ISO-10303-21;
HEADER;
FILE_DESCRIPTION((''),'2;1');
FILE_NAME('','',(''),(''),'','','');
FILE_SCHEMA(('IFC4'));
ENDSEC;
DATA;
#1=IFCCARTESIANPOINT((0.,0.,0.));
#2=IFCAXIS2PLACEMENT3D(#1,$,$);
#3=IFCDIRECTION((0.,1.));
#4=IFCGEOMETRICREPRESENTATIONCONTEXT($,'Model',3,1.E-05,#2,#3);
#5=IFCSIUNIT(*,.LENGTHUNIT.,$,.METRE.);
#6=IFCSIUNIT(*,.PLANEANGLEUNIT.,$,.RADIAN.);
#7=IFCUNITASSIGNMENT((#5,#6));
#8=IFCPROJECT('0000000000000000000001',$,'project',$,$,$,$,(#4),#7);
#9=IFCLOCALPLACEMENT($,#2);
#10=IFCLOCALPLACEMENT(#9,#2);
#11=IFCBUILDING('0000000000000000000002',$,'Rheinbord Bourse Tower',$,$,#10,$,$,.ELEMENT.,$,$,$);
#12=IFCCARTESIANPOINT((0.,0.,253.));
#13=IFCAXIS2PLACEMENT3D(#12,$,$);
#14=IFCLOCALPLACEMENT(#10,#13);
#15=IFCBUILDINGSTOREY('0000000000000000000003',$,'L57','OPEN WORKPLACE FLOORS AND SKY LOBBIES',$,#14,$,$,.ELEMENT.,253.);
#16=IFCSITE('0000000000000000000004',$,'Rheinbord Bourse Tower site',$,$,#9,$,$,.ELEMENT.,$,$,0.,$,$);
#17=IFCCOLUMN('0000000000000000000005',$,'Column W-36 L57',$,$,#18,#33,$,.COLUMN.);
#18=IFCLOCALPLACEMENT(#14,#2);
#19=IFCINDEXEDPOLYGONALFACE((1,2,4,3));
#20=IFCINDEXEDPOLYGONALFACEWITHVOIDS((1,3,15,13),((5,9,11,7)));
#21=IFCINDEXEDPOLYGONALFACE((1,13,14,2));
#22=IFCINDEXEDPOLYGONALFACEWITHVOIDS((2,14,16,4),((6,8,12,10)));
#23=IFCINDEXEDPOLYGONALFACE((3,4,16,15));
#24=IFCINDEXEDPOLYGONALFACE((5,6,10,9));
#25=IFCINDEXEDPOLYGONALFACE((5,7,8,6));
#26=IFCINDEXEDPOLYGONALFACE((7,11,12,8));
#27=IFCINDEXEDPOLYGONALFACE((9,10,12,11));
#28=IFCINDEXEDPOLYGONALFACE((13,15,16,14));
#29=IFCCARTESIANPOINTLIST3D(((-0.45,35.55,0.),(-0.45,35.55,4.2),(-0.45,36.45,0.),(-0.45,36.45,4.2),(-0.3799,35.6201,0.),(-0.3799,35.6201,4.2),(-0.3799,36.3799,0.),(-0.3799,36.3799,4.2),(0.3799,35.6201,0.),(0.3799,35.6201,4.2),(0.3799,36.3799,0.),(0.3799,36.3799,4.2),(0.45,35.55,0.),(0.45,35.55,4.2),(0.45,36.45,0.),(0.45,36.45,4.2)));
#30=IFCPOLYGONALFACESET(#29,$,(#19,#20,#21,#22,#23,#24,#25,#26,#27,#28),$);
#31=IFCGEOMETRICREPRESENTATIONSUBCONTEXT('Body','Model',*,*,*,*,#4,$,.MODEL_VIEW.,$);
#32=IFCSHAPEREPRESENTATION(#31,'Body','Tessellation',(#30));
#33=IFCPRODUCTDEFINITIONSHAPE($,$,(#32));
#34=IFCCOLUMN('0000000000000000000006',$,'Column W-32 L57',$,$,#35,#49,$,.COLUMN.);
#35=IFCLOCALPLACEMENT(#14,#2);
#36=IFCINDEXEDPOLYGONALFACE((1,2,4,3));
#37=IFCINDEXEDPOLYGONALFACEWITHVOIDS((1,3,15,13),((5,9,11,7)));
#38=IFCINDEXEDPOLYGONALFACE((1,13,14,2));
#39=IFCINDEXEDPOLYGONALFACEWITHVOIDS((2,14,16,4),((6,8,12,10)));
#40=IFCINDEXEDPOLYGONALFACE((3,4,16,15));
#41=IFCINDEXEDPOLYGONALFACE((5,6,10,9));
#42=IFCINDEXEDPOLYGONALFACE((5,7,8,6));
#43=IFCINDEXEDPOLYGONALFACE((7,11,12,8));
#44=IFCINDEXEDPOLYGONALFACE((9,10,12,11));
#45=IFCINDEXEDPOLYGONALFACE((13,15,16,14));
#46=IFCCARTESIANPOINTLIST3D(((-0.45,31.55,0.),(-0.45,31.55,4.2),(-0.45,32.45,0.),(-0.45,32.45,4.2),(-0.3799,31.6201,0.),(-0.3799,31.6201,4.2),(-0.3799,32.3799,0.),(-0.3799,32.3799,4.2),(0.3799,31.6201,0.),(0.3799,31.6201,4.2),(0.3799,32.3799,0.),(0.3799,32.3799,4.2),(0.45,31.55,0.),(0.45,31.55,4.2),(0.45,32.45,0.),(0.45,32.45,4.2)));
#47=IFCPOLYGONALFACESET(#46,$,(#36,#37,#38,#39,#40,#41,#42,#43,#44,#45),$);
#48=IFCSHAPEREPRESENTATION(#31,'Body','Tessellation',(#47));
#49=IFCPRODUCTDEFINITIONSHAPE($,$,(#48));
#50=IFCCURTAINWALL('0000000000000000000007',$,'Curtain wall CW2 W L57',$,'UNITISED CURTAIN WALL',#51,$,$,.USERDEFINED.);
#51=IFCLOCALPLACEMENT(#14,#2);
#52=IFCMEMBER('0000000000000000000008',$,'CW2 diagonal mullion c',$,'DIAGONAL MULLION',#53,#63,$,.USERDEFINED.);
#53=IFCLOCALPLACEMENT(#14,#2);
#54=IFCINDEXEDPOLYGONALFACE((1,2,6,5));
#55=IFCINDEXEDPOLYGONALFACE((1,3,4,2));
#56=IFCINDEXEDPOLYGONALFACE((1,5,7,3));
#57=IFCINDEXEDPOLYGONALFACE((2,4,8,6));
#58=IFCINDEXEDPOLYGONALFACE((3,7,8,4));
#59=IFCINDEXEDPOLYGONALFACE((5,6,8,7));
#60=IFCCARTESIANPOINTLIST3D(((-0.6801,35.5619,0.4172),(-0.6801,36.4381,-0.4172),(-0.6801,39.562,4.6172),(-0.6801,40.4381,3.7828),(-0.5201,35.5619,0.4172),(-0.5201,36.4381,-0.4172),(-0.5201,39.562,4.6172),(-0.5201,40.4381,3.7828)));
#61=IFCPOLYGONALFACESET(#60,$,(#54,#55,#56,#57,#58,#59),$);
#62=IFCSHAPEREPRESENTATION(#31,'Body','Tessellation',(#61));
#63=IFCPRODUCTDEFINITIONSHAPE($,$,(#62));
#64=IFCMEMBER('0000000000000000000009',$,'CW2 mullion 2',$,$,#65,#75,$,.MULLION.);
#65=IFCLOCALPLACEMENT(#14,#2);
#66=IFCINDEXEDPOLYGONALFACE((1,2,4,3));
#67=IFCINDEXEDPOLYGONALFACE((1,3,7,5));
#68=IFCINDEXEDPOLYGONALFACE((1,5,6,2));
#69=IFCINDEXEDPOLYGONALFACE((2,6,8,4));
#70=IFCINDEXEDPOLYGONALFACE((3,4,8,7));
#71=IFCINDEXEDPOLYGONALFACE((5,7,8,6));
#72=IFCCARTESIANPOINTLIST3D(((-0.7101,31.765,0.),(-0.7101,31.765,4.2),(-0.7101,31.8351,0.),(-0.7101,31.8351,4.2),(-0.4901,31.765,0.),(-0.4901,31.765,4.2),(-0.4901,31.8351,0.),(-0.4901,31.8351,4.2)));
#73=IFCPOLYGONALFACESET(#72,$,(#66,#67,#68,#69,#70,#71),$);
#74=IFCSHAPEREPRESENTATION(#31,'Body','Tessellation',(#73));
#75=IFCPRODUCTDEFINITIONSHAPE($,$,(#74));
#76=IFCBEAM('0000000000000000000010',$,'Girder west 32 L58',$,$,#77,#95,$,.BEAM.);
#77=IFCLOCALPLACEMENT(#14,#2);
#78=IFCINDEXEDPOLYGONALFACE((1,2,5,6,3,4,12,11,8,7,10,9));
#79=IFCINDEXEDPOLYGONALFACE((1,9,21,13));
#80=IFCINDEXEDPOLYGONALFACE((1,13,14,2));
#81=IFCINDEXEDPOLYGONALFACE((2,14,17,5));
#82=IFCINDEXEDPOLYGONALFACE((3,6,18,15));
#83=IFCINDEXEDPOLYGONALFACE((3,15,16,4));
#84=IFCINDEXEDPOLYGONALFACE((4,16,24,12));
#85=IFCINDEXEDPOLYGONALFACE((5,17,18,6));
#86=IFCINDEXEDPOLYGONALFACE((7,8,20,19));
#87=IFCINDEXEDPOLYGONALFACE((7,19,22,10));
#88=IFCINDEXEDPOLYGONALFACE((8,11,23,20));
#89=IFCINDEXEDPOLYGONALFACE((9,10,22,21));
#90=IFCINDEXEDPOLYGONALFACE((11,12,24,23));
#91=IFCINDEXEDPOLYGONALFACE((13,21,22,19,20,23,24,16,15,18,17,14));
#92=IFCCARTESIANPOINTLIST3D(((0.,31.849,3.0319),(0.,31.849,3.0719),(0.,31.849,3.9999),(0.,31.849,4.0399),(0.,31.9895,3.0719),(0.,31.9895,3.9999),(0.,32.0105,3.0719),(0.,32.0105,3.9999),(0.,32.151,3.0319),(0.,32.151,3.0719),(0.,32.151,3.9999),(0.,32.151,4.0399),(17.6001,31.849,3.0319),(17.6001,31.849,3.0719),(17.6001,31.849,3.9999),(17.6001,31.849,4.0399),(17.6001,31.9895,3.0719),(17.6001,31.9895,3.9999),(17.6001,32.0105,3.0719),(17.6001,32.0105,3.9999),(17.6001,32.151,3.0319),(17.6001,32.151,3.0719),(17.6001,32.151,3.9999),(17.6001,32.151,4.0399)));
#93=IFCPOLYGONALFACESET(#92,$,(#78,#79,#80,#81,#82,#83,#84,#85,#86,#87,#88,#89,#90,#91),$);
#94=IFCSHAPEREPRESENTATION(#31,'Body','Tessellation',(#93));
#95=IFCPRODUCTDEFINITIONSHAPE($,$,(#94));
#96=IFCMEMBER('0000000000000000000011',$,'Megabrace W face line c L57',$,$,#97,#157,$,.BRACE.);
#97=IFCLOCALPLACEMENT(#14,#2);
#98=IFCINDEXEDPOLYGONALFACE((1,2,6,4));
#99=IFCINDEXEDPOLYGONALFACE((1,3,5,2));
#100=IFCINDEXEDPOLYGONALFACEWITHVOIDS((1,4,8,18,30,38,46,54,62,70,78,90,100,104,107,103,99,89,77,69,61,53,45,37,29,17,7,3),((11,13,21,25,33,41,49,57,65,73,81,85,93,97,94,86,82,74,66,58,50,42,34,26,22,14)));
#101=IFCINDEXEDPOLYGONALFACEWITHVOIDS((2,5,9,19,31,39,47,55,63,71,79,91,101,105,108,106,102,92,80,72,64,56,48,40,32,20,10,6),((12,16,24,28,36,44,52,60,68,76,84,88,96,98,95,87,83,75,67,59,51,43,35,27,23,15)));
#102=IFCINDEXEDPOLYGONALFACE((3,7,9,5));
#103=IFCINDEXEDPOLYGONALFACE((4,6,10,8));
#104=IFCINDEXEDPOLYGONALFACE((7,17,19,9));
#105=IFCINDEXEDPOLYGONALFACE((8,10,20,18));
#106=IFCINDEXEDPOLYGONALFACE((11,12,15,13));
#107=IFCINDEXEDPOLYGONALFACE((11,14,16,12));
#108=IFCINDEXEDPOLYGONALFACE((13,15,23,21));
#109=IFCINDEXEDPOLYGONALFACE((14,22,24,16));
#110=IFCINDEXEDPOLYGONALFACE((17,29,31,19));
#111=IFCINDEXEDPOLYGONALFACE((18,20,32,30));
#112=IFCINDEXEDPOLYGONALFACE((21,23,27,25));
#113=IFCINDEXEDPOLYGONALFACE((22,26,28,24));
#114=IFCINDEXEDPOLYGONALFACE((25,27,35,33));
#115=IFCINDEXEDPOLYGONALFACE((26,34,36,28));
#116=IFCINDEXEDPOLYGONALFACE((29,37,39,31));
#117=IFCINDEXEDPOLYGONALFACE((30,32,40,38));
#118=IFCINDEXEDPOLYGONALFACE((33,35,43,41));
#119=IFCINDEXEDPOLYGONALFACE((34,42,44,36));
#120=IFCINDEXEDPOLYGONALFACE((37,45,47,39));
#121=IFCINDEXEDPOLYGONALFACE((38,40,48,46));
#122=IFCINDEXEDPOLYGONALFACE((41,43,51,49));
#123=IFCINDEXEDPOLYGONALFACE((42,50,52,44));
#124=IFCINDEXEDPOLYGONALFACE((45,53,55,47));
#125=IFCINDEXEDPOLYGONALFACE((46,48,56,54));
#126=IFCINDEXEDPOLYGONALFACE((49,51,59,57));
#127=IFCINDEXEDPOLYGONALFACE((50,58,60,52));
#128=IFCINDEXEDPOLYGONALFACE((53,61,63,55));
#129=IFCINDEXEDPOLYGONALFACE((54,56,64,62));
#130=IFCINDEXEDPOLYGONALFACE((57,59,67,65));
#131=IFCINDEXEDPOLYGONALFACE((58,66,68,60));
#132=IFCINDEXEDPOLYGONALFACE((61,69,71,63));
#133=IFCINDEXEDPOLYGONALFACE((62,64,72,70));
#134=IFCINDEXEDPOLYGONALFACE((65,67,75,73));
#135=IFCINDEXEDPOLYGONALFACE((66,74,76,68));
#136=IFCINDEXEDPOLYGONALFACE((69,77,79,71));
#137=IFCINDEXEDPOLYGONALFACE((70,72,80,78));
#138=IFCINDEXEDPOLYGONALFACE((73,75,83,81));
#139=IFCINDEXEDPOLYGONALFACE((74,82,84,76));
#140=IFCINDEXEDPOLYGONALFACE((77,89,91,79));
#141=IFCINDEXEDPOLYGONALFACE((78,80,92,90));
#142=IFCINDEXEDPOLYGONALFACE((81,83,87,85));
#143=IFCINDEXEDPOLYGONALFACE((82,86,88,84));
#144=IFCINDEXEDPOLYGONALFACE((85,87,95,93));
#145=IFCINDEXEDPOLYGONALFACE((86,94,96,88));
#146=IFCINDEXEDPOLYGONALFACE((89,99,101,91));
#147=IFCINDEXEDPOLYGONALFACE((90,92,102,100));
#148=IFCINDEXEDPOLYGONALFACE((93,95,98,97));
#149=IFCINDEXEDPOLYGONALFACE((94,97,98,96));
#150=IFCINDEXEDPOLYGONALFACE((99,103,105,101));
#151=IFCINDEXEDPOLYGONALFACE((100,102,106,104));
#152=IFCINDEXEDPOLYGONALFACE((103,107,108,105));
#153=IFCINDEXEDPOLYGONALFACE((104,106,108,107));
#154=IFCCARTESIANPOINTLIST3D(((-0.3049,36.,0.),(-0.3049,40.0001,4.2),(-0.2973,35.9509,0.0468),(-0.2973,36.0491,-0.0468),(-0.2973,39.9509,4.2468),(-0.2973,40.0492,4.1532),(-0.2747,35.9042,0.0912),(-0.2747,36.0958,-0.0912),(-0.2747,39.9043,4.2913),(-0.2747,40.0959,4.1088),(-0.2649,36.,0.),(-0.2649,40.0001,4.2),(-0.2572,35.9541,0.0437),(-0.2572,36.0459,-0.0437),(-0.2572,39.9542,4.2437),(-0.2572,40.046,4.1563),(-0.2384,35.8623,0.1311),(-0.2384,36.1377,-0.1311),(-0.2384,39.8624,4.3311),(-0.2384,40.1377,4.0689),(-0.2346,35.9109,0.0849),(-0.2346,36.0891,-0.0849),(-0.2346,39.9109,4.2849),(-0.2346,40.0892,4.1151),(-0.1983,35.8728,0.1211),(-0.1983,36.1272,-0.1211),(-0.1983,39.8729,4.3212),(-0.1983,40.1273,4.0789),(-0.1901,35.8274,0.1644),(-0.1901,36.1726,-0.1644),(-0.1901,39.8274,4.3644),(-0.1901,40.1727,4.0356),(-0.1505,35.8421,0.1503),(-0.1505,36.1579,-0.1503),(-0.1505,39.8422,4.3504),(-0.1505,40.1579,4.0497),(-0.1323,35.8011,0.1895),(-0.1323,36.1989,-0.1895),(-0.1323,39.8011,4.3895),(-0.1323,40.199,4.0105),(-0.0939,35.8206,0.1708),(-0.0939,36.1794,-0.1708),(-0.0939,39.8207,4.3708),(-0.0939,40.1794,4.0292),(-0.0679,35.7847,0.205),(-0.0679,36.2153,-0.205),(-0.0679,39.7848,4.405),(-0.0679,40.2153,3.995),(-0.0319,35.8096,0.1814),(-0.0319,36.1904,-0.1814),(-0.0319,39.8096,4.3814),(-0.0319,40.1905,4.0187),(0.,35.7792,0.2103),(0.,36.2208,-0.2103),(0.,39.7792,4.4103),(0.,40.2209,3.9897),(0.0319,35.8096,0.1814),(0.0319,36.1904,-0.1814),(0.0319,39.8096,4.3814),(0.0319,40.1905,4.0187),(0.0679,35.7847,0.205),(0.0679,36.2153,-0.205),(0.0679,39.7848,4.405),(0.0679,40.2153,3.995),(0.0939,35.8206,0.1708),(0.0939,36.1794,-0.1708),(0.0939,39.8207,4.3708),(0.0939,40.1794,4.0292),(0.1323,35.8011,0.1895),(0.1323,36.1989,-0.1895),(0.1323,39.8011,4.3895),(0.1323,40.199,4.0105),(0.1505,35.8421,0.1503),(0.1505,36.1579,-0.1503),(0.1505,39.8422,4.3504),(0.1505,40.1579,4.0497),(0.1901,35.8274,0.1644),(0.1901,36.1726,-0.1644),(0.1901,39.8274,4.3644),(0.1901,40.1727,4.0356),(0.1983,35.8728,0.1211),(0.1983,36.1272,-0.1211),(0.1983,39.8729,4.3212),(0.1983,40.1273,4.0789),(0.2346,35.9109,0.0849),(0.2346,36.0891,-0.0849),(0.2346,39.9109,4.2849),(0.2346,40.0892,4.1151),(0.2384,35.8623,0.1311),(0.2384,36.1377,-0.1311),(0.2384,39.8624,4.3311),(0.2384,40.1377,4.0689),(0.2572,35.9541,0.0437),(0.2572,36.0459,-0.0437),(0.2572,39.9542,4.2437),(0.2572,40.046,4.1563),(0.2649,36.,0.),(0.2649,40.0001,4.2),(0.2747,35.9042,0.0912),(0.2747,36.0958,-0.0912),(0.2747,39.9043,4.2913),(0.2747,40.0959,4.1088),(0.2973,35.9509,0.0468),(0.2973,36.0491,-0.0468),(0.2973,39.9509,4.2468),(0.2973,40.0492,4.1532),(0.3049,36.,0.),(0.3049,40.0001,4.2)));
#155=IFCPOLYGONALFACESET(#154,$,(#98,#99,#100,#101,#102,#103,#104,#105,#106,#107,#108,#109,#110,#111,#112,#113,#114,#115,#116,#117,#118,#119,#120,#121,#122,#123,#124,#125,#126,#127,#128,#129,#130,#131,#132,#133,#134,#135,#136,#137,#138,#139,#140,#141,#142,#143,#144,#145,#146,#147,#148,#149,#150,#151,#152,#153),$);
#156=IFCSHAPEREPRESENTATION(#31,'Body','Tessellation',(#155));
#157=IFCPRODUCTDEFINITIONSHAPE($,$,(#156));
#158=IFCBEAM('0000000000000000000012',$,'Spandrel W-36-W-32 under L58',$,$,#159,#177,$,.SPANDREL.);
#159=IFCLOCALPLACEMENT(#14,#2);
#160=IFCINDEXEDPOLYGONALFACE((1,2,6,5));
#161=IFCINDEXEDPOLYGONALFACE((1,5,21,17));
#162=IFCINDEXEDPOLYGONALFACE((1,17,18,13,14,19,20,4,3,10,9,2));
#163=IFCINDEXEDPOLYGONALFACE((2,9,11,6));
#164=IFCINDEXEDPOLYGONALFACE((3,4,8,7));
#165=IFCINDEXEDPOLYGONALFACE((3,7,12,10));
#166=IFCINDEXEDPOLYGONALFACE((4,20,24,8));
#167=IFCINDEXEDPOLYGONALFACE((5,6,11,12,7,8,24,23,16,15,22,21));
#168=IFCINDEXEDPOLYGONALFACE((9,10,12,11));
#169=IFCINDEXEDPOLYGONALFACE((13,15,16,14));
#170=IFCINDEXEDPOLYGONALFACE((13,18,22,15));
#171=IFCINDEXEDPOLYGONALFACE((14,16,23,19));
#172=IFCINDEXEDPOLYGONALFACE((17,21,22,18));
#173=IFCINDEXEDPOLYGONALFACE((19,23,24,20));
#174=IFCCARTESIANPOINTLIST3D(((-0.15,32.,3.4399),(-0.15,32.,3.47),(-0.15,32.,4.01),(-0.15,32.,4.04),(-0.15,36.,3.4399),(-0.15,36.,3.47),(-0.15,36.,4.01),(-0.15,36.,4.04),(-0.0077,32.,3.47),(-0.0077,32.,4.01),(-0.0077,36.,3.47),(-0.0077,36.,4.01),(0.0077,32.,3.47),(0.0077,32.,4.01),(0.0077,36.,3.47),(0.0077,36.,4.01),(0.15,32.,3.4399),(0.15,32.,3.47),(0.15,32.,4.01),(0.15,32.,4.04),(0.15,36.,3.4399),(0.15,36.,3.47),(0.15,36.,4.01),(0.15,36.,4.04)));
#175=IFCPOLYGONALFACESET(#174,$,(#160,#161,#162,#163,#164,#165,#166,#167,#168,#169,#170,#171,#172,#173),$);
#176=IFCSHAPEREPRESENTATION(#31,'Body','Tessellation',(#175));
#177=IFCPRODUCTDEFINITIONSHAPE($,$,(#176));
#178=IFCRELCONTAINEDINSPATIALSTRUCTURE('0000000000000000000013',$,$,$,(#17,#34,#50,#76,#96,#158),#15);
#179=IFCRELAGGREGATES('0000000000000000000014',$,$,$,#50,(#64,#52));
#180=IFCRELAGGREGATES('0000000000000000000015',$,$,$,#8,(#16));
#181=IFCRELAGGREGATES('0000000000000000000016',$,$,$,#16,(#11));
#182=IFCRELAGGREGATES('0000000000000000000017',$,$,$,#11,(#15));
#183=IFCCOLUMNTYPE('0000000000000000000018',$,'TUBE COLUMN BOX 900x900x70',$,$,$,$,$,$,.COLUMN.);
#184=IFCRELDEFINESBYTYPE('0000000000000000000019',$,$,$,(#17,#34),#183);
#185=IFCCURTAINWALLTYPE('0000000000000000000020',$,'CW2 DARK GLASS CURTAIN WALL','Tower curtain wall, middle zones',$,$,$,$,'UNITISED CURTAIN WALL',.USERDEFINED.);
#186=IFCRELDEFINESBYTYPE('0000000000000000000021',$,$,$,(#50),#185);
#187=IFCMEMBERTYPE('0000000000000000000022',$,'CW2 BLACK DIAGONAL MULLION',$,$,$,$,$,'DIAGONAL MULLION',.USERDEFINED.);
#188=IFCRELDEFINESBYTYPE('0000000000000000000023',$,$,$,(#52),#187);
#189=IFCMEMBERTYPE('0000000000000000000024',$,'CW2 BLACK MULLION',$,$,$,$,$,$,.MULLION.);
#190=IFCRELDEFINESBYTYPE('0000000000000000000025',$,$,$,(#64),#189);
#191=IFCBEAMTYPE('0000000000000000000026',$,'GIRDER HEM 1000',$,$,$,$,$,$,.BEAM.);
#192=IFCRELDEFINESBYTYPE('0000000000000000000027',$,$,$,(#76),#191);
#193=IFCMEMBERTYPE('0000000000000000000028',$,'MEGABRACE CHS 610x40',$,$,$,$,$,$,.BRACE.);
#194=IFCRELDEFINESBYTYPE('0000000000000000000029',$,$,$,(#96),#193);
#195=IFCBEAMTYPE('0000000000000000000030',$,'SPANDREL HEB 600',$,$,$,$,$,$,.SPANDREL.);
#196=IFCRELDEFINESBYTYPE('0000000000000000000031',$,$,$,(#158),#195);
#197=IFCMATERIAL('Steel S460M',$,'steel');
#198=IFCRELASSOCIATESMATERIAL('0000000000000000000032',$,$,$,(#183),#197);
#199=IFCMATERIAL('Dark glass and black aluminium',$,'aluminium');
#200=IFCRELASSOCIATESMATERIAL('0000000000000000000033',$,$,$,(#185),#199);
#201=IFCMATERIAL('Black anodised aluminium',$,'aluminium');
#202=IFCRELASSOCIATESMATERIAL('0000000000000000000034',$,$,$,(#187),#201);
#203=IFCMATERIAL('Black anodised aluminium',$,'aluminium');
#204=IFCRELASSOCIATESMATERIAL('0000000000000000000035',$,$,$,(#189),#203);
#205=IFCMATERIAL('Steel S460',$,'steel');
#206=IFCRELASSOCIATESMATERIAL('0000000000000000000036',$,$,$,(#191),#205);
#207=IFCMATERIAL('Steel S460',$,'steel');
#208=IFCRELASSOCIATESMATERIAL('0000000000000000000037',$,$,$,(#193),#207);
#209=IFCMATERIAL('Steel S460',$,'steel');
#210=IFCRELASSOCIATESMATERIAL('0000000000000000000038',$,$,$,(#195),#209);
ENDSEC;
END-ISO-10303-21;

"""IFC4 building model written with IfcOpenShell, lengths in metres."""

from ifc_helpers import new_model, si_unit, direction, frame, origin, origin_2d, place, context, subcontext, project, spatial, rectangle, hollow_rectangle, hollow_circle, i_section, extrude, material, material_profile, profile_set, type_object, element, aggregate, save


model = new_model("IFC4")

# Units and contexts
model_context = context("Model", 3, precision=1e-05, world=origin(), true_north=direction((0.0, 1.0)))
body_context = subcontext(model_context, "Body", "Model", "MODEL_VIEW")
ifc_project = project(units=[si_unit("LENGTHUNIT", "METRE"), si_unit("PLANEANGLEUNIT", "RADIAN")], contexts=[model_context])

# Site, building, storey
site_placement = place(None, origin())
site = spatial("IfcSite", under=ifc_project, at=site_placement, Name="Rheinbord Bourse Tower site", CompositionType="ELEMENT", RefElevation=0.0)
building_placement = place(site_placement, origin())
building = spatial("IfcBuilding", under=site, at=building_placement, Name="Rheinbord Bourse Tower", CompositionType="ELEMENT")
storey_placement = place(building_placement, frame((0.0, 0.0, 253.0)))
storey = spatial("IfcBuildingStorey", under=building, at=storey_placement, Name="L57", Description="OPEN WORKPLACE FLOORS AND SKY LOBBIES", CompositionType="ELEMENT", Elevation=253.0)

# Columns
ifc_material_1 = material(Name="Steel S460M", Category="steel")
ifc_material_profile_1 = material_profile(ifc_material_1, hollow_rectangle(XDim=0.8999, YDim=0.8999, WallThickness=0.0701, at=origin_2d()), Name="BOX 900x900x70")
ifc_profile_set_1 = profile_set([ifc_material_profile_1], Name="Steel S460M")
column_type = type_object("IfcColumnType", Name="TUBE COLUMN BOX 900x900x70", PredefinedType="COLUMN", material=ifc_profile_set_1)
for number, where, z_axis, x_axis, name in (
    (1, (0.0, 36.0, 0.0), (0.0, 0.0, 1.0), (1.0, 0.0, 0.0), "Column W-36 L57"),
    (2, (0.0, 32.0, 0.0), (0.0, 0.0, 1.0), (1.0, 0.0, 0.0), "Column W-32 L57"),
):
    element("IfcColumn", number, at=place(storey_placement, frame(where, z_axis=z_axis, x_axis=x_axis)), inside=storey, type_object=column_type, Name=name, PredefinedType="COLUMN", context=body_context, shape_type="SweptSolid", body=[
        extrude(hollow_rectangle(XDim=0.8999, YDim=0.8999, WallThickness=0.0701, at=origin_2d()), origin(), (0.0, 0.0, 1.0), 4.2),
    ])

# Curtain wall, members
ifc_material_2 = material(Name="Dark glass and black aluminium", Category="aluminium")
curtain_wall_type = type_object("IfcCurtainWallType", Name="CW2 DARK GLASS CURTAIN WALL", Description="Tower curtain wall, middle zones", ElementType="UNITISED CURTAIN WALL", PredefinedType="USERDEFINED", material=ifc_material_2)
curtain_wall_placement = place(storey_placement, origin())
curtain_wall = element("IfcCurtainWall", 3, at=curtain_wall_placement, inside=storey, type_object=curtain_wall_type, Name="Curtain wall CW2 W L57", ObjectType="UNITISED CURTAIN WALL", PredefinedType="USERDEFINED")
ifc_material_3 = material(Name="Black anodised aluminium", Category="aluminium")
ifc_material_profile_2 = material_profile(ifc_material_3, rectangle(XDim=0.1599, YDim=1.21, at=origin_2d()), Name="CW2 DIAGONAL MULLION 1210x160")
ifc_profile_set_2 = profile_set([ifc_material_profile_2], Name="Black anodised aluminium")
member_type_1 = type_object("IfcMemberType", Name="CW2 BLACK DIAGONAL MULLION", ElementType="DIAGONAL MULLION", PredefinedType="USERDEFINED", material=ifc_profile_set_2)
member_1_placement = place(storey_placement, frame((-0.6001, 36.0, 0.0), z_axis=(0.0, 0.689659, 0.724134), x_axis=(-1.0, 0.0, 0.0)))
member_1 = element("IfcMember", 4, at=member_1_placement, type_object=member_type_1, Name="CW2 diagonal mullion c", ObjectType="DIAGONAL MULLION", PredefinedType="USERDEFINED", context=body_context, shape_type="SweptSolid", body=[
    extrude(rectangle(XDim=0.1599, YDim=1.21, at=origin_2d()), origin(), (0.0, 0.0, 1.0), 5.8),
])
ifc_material_4 = material(Name="Black anodised aluminium", Category="aluminium")
ifc_material_profile_3 = material_profile(ifc_material_4, rectangle(XDim=0.22, YDim=0.0701, at=origin_2d()), Name="CW2 MULLION 70x220")
ifc_profile_set_3 = profile_set([ifc_material_profile_3], Name="Black anodised aluminium")
member_type_2 = type_object("IfcMemberType", Name="CW2 BLACK MULLION", PredefinedType="MULLION", material=ifc_profile_set_3)
member_2_placement = place(storey_placement, frame((-0.6001, 31.8, 0.0), z_axis=(0.0, 0.0, 1.0), x_axis=(1.0, 0.0, 0.0)))
member_2 = element("IfcMember", 5, at=member_2_placement, type_object=member_type_2, Name="CW2 mullion 2", PredefinedType="MULLION", context=body_context, shape_type="SweptSolid", body=[
    extrude(rectangle(XDim=0.22, YDim=0.0701, at=origin_2d()), origin(), (0.0, 0.0, 1.0), 4.2),
])

# Beam
ifc_material_5 = material(Name="Steel S460", Category="steel")
ifc_material_profile_4 = material_profile(ifc_material_5, i_section(OverallWidth=0.302, OverallDepth=1.0081, WebThickness=0.021, FlangeThickness=0.04, at=origin_2d()), Name="HEM 1000")
ifc_profile_set_4 = profile_set([ifc_material_profile_4], Name="Steel S460")
beam_type_1 = type_object("IfcBeamType", Name="GIRDER HEM 1000", PredefinedType="BEAM", material=ifc_profile_set_4)
beam_placement = place(storey_placement, frame((0.0, 32.0, 3.5359), z_axis=(1.0, 0.0, 0.0), x_axis=(0.0, 1.0, 0.0)))
element("IfcBeam", 6, at=beam_placement, inside=storey, type_object=beam_type_1, Name="Girder west 32 L58", PredefinedType="BEAM", context=body_context, shape_type="SweptSolid", body=[
    extrude(i_section(OverallWidth=0.302, OverallDepth=1.0081, WebThickness=0.021, FlangeThickness=0.04, at=origin_2d()), origin(), (0.0, 0.0, 1.0), 17.6001),
])

# Member
ifc_material_6 = material(Name="Steel S460", Category="steel")
ifc_material_profile_5 = material_profile(ifc_material_6, hollow_circle(Radius=0.3049, WallThickness=0.04, at=origin_2d()), Name="CHS 610x40")
ifc_profile_set_5 = profile_set([ifc_material_profile_5], Name="Steel S460")
member_type_3 = type_object("IfcMemberType", Name="MEGABRACE CHS 610x40", PredefinedType="BRACE", material=ifc_profile_set_5)
member_3_placement = place(storey_placement, frame((0.0, 36.0, 0.0), z_axis=(0.0, 0.689659, 0.724134), x_axis=(-1.0, 0.0, 0.0)))
element("IfcMember", 7, at=member_3_placement, inside=storey, type_object=member_type_3, Name="Megabrace W face line c L57", PredefinedType="BRACE", context=body_context, shape_type="SweptSolid", body=[
    extrude(hollow_circle(Radius=0.3049, WallThickness=0.04, at=origin_2d()), origin(), (0.0, 0.0, 1.0), 5.8),
])

# Beam
ifc_material_7 = material(Name="Steel S460", Category="steel")
ifc_material_profile_6 = material_profile(ifc_material_7, i_section(OverallWidth=0.3, OverallDepth=0.6001, WebThickness=0.0154, FlangeThickness=0.03, at=origin_2d()), Name="HEB 600")
ifc_profile_set_6 = profile_set([ifc_material_profile_6], Name="Steel S460")
beam_type_2 = type_object("IfcBeamType", Name="SPANDREL HEB 600", PredefinedType="SPANDREL", material=ifc_profile_set_6)
for number, where, z_axis, x_axis, name in (
    (8, (0.0, 36.0, 3.74), (0.0, -1.0, 0.0), (1.0, 0.0, 0.0), "Spandrel W-36-W-32 under L58"),
):
    element("IfcBeam", number, at=place(storey_placement, frame(where, z_axis=z_axis, x_axis=x_axis)), inside=storey, type_object=beam_type_2, Name=name, PredefinedType="SPANDREL", context=body_context, shape_type="SweptSolid", body=[
        extrude(i_section(OverallWidth=0.3, OverallDepth=0.6001, WebThickness=0.0154, FlangeThickness=0.03, at=origin_2d()), origin(), (0.0, 0.0, 1.0), 4.0),
    ])

aggregate(curtain_wall, [member_2, member_1])

save(model, "model.ifc")
